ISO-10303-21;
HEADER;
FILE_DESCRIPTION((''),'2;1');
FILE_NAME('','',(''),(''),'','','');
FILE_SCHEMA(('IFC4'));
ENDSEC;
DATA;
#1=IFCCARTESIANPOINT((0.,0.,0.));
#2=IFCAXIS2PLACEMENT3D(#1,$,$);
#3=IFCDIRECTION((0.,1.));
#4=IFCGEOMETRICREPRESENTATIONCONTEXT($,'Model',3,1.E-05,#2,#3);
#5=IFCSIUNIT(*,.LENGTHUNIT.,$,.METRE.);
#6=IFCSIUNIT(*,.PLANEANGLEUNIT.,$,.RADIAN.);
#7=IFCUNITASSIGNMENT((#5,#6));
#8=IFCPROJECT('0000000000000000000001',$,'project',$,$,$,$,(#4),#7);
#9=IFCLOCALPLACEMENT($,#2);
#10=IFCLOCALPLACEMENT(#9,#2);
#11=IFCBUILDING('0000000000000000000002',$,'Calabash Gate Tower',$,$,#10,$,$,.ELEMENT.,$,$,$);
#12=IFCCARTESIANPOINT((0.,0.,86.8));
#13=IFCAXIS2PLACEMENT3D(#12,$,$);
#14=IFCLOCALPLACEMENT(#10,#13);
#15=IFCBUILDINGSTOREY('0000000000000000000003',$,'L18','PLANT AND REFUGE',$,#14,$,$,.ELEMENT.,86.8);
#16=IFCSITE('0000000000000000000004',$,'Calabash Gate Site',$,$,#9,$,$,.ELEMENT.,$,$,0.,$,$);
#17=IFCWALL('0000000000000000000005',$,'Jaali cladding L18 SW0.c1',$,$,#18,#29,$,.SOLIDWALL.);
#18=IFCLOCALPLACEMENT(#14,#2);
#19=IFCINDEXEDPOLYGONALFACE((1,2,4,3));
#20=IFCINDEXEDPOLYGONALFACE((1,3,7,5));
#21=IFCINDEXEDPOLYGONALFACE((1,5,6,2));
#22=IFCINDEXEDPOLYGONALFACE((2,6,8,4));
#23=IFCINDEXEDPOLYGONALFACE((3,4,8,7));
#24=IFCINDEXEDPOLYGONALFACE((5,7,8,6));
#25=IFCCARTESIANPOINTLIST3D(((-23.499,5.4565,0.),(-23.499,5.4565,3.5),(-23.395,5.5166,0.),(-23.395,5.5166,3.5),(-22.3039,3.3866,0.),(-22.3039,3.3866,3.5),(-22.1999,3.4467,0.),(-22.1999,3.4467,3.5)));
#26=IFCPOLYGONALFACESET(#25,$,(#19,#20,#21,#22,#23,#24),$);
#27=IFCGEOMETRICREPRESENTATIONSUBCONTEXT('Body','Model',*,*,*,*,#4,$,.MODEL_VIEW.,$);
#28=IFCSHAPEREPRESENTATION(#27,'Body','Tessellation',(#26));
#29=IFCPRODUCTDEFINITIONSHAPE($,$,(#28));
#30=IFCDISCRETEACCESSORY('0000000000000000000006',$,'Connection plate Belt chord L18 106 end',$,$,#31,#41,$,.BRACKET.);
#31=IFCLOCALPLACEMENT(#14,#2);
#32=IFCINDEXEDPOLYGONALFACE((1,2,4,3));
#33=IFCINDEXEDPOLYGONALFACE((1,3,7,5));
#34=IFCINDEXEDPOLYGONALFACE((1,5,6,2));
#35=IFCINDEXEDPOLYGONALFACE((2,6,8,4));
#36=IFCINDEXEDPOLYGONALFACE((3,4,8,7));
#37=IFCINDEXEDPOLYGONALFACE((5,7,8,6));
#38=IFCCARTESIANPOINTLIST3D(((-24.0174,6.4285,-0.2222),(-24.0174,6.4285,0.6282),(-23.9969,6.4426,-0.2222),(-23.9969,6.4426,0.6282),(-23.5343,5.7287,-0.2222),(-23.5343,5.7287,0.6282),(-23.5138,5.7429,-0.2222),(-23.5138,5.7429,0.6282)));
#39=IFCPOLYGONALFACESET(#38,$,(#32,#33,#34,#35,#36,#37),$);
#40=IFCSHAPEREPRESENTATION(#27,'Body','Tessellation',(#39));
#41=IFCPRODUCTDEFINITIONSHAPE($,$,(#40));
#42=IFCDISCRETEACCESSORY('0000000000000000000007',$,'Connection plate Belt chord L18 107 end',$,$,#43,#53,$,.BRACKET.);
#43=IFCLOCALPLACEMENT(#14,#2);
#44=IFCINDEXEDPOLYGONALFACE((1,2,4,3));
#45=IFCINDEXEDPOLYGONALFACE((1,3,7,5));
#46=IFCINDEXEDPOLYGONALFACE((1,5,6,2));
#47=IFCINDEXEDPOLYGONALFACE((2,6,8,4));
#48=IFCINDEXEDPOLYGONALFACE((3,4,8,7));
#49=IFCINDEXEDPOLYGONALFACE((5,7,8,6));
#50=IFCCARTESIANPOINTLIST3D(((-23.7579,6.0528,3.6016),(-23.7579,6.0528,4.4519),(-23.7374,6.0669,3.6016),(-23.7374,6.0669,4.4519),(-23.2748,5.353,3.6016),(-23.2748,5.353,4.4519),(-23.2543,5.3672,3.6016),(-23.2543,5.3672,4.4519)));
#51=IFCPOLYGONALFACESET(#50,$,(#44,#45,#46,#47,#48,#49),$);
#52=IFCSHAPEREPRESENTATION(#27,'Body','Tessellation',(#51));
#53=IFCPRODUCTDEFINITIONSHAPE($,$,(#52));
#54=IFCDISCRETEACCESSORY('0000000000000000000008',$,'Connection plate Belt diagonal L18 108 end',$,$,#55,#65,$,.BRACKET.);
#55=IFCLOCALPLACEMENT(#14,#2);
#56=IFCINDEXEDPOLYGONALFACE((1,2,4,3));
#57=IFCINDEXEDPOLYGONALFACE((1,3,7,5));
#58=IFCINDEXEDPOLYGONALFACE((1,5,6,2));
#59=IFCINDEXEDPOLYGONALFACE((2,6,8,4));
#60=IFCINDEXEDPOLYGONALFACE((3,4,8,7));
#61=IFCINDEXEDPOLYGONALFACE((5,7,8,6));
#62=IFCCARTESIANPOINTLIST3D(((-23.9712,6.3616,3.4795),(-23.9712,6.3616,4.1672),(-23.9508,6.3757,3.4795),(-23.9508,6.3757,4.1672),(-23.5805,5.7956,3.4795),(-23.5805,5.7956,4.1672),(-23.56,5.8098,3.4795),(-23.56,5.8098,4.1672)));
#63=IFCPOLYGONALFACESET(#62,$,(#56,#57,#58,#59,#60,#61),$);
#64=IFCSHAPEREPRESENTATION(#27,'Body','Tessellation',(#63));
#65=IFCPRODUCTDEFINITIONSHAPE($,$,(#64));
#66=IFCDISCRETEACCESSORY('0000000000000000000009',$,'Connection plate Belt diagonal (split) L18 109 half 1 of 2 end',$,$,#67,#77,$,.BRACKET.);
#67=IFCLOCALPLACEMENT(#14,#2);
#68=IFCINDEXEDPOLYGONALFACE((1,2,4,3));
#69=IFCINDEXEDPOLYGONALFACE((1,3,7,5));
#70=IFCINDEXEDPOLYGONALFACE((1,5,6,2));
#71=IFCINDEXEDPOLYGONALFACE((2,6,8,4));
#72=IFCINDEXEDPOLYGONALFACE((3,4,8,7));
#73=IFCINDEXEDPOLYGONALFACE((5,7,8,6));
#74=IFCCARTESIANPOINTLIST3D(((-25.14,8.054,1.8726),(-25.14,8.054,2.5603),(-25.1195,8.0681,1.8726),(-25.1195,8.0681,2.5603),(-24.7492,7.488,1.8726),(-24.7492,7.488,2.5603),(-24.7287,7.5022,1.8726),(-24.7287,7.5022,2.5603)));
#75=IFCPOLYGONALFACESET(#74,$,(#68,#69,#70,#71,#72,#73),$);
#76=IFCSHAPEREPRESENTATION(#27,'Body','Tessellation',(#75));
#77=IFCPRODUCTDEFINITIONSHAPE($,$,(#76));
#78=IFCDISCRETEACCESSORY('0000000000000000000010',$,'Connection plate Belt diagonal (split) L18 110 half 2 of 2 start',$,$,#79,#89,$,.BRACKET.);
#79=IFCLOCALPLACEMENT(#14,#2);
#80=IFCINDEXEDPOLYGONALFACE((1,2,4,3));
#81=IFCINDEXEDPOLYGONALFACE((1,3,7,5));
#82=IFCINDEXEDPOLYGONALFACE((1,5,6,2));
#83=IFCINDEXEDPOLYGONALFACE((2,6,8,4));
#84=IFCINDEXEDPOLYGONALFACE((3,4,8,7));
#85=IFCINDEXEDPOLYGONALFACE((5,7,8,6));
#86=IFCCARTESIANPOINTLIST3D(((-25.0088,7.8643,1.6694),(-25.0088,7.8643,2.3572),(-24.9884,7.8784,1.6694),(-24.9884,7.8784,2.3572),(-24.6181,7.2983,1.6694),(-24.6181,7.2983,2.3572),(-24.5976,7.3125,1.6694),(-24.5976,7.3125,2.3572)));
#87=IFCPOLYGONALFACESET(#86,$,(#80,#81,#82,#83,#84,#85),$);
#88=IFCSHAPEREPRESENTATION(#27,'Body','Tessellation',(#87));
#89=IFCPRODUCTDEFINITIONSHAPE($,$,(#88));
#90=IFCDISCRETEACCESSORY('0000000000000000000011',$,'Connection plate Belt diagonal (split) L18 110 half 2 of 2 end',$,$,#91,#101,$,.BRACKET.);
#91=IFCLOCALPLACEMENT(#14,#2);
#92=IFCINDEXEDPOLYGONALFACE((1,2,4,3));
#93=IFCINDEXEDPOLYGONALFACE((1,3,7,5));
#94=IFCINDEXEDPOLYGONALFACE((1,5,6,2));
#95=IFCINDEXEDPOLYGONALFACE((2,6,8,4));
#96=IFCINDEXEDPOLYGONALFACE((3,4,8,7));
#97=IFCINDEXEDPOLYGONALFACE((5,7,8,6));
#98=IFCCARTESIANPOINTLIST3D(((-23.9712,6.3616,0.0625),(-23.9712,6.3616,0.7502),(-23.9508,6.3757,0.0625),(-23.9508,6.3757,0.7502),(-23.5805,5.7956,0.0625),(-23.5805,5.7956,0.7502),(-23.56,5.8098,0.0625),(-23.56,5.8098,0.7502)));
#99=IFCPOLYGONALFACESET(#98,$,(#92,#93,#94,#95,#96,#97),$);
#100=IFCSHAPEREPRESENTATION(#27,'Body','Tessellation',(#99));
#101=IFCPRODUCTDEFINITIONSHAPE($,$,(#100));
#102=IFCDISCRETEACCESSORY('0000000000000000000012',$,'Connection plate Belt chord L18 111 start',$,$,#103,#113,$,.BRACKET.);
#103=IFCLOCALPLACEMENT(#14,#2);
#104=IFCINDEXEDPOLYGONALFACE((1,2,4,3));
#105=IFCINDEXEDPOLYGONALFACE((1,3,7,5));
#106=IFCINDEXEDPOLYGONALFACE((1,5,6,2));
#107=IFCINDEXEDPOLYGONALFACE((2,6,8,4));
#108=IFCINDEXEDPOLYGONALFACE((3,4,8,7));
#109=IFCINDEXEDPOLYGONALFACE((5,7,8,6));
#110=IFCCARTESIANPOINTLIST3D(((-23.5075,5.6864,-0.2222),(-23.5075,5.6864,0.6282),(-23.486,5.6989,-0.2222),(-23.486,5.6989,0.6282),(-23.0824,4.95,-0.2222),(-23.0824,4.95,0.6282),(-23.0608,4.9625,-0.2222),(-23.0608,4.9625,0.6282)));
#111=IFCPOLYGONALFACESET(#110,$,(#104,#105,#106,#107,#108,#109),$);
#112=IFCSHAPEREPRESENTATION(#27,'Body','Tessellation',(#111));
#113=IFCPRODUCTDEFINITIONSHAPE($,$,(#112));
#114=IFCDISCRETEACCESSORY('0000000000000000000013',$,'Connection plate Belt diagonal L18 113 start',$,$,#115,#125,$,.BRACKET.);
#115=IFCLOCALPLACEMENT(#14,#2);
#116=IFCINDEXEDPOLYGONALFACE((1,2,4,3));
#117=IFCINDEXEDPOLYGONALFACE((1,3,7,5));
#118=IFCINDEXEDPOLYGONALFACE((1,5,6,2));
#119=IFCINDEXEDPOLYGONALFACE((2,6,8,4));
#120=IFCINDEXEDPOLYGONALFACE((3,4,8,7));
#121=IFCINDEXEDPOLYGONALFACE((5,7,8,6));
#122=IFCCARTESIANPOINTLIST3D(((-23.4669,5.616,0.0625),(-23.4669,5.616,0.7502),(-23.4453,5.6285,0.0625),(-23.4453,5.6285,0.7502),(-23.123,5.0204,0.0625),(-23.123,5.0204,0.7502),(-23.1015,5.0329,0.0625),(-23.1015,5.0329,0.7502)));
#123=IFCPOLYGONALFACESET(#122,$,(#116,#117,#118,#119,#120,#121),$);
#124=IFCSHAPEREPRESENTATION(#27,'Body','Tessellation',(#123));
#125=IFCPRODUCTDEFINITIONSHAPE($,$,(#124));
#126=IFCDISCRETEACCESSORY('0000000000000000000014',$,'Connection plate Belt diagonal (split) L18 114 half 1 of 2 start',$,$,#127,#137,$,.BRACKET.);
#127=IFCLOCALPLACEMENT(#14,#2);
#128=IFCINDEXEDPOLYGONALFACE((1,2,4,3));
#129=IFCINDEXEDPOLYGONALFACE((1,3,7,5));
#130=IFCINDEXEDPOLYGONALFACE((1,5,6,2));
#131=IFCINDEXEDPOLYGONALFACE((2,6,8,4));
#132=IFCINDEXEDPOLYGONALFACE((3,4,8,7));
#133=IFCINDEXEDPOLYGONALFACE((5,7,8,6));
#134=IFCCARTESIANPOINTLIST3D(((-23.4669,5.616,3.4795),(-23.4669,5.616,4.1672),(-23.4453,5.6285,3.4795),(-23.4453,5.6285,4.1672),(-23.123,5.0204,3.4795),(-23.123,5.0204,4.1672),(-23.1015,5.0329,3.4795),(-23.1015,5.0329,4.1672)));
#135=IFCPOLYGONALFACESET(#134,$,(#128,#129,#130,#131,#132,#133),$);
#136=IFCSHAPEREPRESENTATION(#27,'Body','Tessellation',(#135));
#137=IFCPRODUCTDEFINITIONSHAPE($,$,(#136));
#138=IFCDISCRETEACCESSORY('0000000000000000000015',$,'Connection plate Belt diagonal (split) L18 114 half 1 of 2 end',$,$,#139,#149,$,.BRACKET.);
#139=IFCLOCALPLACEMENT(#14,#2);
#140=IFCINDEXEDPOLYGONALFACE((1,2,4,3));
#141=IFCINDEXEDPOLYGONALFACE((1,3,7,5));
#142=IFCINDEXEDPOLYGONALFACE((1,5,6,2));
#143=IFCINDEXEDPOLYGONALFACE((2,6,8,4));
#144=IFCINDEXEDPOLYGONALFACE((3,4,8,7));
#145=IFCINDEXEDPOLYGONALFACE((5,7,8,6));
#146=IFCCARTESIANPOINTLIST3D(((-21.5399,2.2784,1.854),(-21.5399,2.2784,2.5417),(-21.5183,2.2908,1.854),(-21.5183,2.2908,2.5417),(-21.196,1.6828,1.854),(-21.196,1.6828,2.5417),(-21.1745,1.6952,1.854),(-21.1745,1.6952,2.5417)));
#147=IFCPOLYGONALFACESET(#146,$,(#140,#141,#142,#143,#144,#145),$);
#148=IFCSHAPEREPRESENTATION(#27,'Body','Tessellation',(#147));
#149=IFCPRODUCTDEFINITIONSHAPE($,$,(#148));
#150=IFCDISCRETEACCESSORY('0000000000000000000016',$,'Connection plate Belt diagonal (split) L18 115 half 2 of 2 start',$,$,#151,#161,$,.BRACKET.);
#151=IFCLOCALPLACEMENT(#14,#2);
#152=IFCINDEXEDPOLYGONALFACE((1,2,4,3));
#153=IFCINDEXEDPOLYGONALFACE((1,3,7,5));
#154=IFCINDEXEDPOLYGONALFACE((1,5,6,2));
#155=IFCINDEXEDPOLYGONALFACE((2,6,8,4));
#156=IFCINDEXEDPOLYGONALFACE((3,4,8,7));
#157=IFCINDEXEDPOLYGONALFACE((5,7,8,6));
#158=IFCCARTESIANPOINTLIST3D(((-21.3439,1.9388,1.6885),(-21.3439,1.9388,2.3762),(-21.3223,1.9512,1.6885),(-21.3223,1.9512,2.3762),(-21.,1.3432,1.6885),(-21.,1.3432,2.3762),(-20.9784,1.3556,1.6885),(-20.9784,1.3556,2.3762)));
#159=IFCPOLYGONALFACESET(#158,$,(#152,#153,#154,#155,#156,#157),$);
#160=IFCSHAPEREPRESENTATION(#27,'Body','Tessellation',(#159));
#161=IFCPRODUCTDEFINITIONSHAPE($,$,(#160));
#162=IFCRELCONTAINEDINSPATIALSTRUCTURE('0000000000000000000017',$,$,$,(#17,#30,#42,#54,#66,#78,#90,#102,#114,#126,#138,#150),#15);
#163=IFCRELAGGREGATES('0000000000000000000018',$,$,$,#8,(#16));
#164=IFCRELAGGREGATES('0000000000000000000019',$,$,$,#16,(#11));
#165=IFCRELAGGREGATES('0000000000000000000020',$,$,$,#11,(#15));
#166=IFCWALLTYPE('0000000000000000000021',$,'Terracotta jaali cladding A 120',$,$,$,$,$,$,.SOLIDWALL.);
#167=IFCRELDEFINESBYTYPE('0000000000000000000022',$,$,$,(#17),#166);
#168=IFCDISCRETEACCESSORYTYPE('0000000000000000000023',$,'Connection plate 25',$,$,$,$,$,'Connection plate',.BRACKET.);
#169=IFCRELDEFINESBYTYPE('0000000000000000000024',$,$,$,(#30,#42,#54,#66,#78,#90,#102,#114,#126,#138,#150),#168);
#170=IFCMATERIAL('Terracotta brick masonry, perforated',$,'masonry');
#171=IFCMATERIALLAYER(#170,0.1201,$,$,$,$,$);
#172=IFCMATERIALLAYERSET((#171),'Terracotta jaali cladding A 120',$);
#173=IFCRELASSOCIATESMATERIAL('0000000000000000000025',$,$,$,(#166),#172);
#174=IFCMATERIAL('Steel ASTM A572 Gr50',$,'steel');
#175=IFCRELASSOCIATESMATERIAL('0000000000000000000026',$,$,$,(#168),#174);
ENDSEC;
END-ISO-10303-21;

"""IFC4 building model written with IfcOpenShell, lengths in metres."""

from ifc_helpers import new_model, si_unit, direction, frame, frame_2d, origin, origin_2d, place, context, subcontext, project, spatial, rectangle, extrude, material, layer, layer_set, type_object, element, save


model = new_model("IFC4")

# Units and contexts
model_context = context("Model", 3, precision=1e-05, world=origin(), true_north=direction((0.0, 1.0)))
body_context = subcontext(model_context, "Body", "Model", "MODEL_VIEW")
ifc_project = project(units=[si_unit("LENGTHUNIT", "METRE"), si_unit("PLANEANGLEUNIT", "RADIAN")], contexts=[model_context])

# Site, building, storey
site_placement = place(None, origin())
site = spatial("IfcSite", under=ifc_project, at=site_placement, Name="Calabash Gate Site", CompositionType="ELEMENT", RefElevation=0.0)
building_placement = place(site_placement, origin())
building = spatial("IfcBuilding", under=site, at=building_placement, Name="Calabash Gate Tower", CompositionType="ELEMENT")
storey_placement = place(building_placement, frame((0.0, 0.0, 86.8)))
storey = spatial("IfcBuildingStorey", under=building, at=storey_placement, Name="L18", Description="PLANT AND REFUGE", CompositionType="ELEMENT", Elevation=86.8)

# Wall
ifc_material_1 = material(Name="Terracotta brick masonry, perforated", Category="masonry")
ifc_layer_1 = layer(ifc_material_1, 0.1201)
ifc_layer_set_1 = layer_set([ifc_layer_1], Name="Terracotta jaali cladding A 120")
wall_type_1 = type_object("IfcWallType", Name="Terracotta jaali cladding A 120", PredefinedType="SOLIDWALL", material=ifc_layer_set_1)
wall_1_placement = place(storey_placement, frame((-23.447, 5.4866, 0.0), z_axis=(0.0, 0.0, 1.0), x_axis=(0.500017, -0.866015, 0.0)))
element("IfcWall", 1, at=wall_1_placement, inside=storey, type_object=wall_type_1, Name="Jaali cladding L18 SW0.c1", PredefinedType="SOLIDWALL", context=body_context, shape_type="SweptSolid", body=[
    extrude(rectangle(XDim=2.3901, YDim=0.1201, at=frame_2d((1.1951, 0.0))), origin(), (0.0, 0.0, 1.0), 3.5),
])

# Discrete accessories
ifc_material_2 = material(Name="Steel ASTM A572 Gr50", Category="steel")
discrete_accessory_type = type_object("IfcDiscreteAccessoryType", Name="Connection plate 25", ElementType="Connection plate", PredefinedType="BRACKET", material=ifc_material_2)
for number, where, z_axis, x_axis, name in (
    (2, (-23.7656, 6.0857, -0.2222), (0.0, 0.0, 1.0), (0.56817, -0.822911, 0.0), "Connection plate Belt chord L18 106 end"),
    (3, (-23.5061, 5.71, 3.6016), (0.0, 0.0, 1.0), (0.568211, -0.822883, 0.0), "Connection plate Belt chord L18 107 end"),
):
    element("IfcDiscreteAccessory", number, at=place(storey_placement, frame(where, z_axis=z_axis, x_axis=x_axis)), inside=storey, type_object=discrete_accessory_type, Name=name, PredefinedType="BRACKET", context=body_context, shape_type="SweptSolid", body=[
        extrude(rectangle(XDim=0.8503, YDim=0.0249, at=origin_2d()), origin(), (0.0, 0.0, 1.0), 0.8503),
    ])
for number, where, z_axis, x_axis, name in (
    (4, (-23.7656, 6.0857, 3.4795), (0.0, 0.0, 1.0), (0.56817, -0.822911, 0.0), "Connection plate Belt diagonal L18 108 end"),
    (5, (-24.9343, 7.7781, 1.8726), (0.0, 0.0, 1.0), (0.568169, -0.822912, 0.0), "Connection plate Belt diagonal (split) L18 109 half 1 of 2 end"),
    (6, (-24.8032, 7.5884, 1.6694), (0.0, 0.0, 1.0), (0.568169, -0.822912, 0.0), "Connection plate Belt diagonal (split) L18 110 half 2 of 2 start"),
    (7, (-23.7656, 6.0857, 0.0625), (0.0, 0.0, 1.0), (0.568169, -0.822912, 0.0), "Connection plate Belt diagonal (split) L18 110 half 2 of 2 end"),
):
    element("IfcDiscreteAccessory", number, at=place(storey_placement, frame(where, z_axis=z_axis, x_axis=x_axis)), inside=storey, type_object=discrete_accessory_type, Name=name, PredefinedType="BRACKET", context=body_context, shape_type="SweptSolid", body=[
        extrude(rectangle(XDim=0.6877, YDim=0.0249, at=origin_2d()), origin(), (0.0, 0.0, 1.0), 0.6877),
    ])
discrete_accessory_placement = place(storey_placement, frame((-23.2842, 5.3245, -0.2222), z_axis=(0.0, 0.0, 1.0), x_axis=(0.5, -0.866025, 0.0)))
element("IfcDiscreteAccessory", 8, at=discrete_accessory_placement, inside=storey, type_object=discrete_accessory_type, Name="Connection plate Belt chord L18 111 start", PredefinedType="BRACKET", context=body_context, shape_type="SweptSolid", body=[
    extrude(rectangle(XDim=0.8503, YDim=0.0249, at=origin_2d()), origin(), (0.0, 0.0, 1.0), 0.8503),
])
for number, where, z_axis, x_axis, name in (
    (9, (-23.2842, 5.3245, 0.0625), (0.0, 0.0, 1.0), (0.5, -0.866025, 0.0), "Connection plate Belt diagonal L18 113 start"),
    (10, (-23.2842, 5.3245, 3.4795), (0.0, 0.0, 1.0), (0.5, -0.866025, 0.0), "Connection plate Belt diagonal (split) L18 114 half 1 of 2 start"),
    (11, (-21.3572, 1.9868, 1.854), (0.0, 0.0, 1.0), (0.5, -0.866025, 0.0), "Connection plate Belt diagonal (split) L18 114 half 1 of 2 end"),
    (12, (-21.1611, 1.6472, 1.6885), (0.0, 0.0, 1.0), (0.5, -0.866025, 0.0), "Connection plate Belt diagonal (split) L18 115 half 2 of 2 start"),
):
    element("IfcDiscreteAccessory", number, at=place(storey_placement, frame(where, z_axis=z_axis, x_axis=x_axis)), inside=storey, type_object=discrete_accessory_type, Name=name, PredefinedType="BRACKET", context=body_context, shape_type="SweptSolid", body=[
        extrude(rectangle(XDim=0.6877, YDim=0.0249, at=origin_2d()), origin(), (0.0, 0.0, 1.0), 0.6877),
    ])

save(model, "model.ifc")
